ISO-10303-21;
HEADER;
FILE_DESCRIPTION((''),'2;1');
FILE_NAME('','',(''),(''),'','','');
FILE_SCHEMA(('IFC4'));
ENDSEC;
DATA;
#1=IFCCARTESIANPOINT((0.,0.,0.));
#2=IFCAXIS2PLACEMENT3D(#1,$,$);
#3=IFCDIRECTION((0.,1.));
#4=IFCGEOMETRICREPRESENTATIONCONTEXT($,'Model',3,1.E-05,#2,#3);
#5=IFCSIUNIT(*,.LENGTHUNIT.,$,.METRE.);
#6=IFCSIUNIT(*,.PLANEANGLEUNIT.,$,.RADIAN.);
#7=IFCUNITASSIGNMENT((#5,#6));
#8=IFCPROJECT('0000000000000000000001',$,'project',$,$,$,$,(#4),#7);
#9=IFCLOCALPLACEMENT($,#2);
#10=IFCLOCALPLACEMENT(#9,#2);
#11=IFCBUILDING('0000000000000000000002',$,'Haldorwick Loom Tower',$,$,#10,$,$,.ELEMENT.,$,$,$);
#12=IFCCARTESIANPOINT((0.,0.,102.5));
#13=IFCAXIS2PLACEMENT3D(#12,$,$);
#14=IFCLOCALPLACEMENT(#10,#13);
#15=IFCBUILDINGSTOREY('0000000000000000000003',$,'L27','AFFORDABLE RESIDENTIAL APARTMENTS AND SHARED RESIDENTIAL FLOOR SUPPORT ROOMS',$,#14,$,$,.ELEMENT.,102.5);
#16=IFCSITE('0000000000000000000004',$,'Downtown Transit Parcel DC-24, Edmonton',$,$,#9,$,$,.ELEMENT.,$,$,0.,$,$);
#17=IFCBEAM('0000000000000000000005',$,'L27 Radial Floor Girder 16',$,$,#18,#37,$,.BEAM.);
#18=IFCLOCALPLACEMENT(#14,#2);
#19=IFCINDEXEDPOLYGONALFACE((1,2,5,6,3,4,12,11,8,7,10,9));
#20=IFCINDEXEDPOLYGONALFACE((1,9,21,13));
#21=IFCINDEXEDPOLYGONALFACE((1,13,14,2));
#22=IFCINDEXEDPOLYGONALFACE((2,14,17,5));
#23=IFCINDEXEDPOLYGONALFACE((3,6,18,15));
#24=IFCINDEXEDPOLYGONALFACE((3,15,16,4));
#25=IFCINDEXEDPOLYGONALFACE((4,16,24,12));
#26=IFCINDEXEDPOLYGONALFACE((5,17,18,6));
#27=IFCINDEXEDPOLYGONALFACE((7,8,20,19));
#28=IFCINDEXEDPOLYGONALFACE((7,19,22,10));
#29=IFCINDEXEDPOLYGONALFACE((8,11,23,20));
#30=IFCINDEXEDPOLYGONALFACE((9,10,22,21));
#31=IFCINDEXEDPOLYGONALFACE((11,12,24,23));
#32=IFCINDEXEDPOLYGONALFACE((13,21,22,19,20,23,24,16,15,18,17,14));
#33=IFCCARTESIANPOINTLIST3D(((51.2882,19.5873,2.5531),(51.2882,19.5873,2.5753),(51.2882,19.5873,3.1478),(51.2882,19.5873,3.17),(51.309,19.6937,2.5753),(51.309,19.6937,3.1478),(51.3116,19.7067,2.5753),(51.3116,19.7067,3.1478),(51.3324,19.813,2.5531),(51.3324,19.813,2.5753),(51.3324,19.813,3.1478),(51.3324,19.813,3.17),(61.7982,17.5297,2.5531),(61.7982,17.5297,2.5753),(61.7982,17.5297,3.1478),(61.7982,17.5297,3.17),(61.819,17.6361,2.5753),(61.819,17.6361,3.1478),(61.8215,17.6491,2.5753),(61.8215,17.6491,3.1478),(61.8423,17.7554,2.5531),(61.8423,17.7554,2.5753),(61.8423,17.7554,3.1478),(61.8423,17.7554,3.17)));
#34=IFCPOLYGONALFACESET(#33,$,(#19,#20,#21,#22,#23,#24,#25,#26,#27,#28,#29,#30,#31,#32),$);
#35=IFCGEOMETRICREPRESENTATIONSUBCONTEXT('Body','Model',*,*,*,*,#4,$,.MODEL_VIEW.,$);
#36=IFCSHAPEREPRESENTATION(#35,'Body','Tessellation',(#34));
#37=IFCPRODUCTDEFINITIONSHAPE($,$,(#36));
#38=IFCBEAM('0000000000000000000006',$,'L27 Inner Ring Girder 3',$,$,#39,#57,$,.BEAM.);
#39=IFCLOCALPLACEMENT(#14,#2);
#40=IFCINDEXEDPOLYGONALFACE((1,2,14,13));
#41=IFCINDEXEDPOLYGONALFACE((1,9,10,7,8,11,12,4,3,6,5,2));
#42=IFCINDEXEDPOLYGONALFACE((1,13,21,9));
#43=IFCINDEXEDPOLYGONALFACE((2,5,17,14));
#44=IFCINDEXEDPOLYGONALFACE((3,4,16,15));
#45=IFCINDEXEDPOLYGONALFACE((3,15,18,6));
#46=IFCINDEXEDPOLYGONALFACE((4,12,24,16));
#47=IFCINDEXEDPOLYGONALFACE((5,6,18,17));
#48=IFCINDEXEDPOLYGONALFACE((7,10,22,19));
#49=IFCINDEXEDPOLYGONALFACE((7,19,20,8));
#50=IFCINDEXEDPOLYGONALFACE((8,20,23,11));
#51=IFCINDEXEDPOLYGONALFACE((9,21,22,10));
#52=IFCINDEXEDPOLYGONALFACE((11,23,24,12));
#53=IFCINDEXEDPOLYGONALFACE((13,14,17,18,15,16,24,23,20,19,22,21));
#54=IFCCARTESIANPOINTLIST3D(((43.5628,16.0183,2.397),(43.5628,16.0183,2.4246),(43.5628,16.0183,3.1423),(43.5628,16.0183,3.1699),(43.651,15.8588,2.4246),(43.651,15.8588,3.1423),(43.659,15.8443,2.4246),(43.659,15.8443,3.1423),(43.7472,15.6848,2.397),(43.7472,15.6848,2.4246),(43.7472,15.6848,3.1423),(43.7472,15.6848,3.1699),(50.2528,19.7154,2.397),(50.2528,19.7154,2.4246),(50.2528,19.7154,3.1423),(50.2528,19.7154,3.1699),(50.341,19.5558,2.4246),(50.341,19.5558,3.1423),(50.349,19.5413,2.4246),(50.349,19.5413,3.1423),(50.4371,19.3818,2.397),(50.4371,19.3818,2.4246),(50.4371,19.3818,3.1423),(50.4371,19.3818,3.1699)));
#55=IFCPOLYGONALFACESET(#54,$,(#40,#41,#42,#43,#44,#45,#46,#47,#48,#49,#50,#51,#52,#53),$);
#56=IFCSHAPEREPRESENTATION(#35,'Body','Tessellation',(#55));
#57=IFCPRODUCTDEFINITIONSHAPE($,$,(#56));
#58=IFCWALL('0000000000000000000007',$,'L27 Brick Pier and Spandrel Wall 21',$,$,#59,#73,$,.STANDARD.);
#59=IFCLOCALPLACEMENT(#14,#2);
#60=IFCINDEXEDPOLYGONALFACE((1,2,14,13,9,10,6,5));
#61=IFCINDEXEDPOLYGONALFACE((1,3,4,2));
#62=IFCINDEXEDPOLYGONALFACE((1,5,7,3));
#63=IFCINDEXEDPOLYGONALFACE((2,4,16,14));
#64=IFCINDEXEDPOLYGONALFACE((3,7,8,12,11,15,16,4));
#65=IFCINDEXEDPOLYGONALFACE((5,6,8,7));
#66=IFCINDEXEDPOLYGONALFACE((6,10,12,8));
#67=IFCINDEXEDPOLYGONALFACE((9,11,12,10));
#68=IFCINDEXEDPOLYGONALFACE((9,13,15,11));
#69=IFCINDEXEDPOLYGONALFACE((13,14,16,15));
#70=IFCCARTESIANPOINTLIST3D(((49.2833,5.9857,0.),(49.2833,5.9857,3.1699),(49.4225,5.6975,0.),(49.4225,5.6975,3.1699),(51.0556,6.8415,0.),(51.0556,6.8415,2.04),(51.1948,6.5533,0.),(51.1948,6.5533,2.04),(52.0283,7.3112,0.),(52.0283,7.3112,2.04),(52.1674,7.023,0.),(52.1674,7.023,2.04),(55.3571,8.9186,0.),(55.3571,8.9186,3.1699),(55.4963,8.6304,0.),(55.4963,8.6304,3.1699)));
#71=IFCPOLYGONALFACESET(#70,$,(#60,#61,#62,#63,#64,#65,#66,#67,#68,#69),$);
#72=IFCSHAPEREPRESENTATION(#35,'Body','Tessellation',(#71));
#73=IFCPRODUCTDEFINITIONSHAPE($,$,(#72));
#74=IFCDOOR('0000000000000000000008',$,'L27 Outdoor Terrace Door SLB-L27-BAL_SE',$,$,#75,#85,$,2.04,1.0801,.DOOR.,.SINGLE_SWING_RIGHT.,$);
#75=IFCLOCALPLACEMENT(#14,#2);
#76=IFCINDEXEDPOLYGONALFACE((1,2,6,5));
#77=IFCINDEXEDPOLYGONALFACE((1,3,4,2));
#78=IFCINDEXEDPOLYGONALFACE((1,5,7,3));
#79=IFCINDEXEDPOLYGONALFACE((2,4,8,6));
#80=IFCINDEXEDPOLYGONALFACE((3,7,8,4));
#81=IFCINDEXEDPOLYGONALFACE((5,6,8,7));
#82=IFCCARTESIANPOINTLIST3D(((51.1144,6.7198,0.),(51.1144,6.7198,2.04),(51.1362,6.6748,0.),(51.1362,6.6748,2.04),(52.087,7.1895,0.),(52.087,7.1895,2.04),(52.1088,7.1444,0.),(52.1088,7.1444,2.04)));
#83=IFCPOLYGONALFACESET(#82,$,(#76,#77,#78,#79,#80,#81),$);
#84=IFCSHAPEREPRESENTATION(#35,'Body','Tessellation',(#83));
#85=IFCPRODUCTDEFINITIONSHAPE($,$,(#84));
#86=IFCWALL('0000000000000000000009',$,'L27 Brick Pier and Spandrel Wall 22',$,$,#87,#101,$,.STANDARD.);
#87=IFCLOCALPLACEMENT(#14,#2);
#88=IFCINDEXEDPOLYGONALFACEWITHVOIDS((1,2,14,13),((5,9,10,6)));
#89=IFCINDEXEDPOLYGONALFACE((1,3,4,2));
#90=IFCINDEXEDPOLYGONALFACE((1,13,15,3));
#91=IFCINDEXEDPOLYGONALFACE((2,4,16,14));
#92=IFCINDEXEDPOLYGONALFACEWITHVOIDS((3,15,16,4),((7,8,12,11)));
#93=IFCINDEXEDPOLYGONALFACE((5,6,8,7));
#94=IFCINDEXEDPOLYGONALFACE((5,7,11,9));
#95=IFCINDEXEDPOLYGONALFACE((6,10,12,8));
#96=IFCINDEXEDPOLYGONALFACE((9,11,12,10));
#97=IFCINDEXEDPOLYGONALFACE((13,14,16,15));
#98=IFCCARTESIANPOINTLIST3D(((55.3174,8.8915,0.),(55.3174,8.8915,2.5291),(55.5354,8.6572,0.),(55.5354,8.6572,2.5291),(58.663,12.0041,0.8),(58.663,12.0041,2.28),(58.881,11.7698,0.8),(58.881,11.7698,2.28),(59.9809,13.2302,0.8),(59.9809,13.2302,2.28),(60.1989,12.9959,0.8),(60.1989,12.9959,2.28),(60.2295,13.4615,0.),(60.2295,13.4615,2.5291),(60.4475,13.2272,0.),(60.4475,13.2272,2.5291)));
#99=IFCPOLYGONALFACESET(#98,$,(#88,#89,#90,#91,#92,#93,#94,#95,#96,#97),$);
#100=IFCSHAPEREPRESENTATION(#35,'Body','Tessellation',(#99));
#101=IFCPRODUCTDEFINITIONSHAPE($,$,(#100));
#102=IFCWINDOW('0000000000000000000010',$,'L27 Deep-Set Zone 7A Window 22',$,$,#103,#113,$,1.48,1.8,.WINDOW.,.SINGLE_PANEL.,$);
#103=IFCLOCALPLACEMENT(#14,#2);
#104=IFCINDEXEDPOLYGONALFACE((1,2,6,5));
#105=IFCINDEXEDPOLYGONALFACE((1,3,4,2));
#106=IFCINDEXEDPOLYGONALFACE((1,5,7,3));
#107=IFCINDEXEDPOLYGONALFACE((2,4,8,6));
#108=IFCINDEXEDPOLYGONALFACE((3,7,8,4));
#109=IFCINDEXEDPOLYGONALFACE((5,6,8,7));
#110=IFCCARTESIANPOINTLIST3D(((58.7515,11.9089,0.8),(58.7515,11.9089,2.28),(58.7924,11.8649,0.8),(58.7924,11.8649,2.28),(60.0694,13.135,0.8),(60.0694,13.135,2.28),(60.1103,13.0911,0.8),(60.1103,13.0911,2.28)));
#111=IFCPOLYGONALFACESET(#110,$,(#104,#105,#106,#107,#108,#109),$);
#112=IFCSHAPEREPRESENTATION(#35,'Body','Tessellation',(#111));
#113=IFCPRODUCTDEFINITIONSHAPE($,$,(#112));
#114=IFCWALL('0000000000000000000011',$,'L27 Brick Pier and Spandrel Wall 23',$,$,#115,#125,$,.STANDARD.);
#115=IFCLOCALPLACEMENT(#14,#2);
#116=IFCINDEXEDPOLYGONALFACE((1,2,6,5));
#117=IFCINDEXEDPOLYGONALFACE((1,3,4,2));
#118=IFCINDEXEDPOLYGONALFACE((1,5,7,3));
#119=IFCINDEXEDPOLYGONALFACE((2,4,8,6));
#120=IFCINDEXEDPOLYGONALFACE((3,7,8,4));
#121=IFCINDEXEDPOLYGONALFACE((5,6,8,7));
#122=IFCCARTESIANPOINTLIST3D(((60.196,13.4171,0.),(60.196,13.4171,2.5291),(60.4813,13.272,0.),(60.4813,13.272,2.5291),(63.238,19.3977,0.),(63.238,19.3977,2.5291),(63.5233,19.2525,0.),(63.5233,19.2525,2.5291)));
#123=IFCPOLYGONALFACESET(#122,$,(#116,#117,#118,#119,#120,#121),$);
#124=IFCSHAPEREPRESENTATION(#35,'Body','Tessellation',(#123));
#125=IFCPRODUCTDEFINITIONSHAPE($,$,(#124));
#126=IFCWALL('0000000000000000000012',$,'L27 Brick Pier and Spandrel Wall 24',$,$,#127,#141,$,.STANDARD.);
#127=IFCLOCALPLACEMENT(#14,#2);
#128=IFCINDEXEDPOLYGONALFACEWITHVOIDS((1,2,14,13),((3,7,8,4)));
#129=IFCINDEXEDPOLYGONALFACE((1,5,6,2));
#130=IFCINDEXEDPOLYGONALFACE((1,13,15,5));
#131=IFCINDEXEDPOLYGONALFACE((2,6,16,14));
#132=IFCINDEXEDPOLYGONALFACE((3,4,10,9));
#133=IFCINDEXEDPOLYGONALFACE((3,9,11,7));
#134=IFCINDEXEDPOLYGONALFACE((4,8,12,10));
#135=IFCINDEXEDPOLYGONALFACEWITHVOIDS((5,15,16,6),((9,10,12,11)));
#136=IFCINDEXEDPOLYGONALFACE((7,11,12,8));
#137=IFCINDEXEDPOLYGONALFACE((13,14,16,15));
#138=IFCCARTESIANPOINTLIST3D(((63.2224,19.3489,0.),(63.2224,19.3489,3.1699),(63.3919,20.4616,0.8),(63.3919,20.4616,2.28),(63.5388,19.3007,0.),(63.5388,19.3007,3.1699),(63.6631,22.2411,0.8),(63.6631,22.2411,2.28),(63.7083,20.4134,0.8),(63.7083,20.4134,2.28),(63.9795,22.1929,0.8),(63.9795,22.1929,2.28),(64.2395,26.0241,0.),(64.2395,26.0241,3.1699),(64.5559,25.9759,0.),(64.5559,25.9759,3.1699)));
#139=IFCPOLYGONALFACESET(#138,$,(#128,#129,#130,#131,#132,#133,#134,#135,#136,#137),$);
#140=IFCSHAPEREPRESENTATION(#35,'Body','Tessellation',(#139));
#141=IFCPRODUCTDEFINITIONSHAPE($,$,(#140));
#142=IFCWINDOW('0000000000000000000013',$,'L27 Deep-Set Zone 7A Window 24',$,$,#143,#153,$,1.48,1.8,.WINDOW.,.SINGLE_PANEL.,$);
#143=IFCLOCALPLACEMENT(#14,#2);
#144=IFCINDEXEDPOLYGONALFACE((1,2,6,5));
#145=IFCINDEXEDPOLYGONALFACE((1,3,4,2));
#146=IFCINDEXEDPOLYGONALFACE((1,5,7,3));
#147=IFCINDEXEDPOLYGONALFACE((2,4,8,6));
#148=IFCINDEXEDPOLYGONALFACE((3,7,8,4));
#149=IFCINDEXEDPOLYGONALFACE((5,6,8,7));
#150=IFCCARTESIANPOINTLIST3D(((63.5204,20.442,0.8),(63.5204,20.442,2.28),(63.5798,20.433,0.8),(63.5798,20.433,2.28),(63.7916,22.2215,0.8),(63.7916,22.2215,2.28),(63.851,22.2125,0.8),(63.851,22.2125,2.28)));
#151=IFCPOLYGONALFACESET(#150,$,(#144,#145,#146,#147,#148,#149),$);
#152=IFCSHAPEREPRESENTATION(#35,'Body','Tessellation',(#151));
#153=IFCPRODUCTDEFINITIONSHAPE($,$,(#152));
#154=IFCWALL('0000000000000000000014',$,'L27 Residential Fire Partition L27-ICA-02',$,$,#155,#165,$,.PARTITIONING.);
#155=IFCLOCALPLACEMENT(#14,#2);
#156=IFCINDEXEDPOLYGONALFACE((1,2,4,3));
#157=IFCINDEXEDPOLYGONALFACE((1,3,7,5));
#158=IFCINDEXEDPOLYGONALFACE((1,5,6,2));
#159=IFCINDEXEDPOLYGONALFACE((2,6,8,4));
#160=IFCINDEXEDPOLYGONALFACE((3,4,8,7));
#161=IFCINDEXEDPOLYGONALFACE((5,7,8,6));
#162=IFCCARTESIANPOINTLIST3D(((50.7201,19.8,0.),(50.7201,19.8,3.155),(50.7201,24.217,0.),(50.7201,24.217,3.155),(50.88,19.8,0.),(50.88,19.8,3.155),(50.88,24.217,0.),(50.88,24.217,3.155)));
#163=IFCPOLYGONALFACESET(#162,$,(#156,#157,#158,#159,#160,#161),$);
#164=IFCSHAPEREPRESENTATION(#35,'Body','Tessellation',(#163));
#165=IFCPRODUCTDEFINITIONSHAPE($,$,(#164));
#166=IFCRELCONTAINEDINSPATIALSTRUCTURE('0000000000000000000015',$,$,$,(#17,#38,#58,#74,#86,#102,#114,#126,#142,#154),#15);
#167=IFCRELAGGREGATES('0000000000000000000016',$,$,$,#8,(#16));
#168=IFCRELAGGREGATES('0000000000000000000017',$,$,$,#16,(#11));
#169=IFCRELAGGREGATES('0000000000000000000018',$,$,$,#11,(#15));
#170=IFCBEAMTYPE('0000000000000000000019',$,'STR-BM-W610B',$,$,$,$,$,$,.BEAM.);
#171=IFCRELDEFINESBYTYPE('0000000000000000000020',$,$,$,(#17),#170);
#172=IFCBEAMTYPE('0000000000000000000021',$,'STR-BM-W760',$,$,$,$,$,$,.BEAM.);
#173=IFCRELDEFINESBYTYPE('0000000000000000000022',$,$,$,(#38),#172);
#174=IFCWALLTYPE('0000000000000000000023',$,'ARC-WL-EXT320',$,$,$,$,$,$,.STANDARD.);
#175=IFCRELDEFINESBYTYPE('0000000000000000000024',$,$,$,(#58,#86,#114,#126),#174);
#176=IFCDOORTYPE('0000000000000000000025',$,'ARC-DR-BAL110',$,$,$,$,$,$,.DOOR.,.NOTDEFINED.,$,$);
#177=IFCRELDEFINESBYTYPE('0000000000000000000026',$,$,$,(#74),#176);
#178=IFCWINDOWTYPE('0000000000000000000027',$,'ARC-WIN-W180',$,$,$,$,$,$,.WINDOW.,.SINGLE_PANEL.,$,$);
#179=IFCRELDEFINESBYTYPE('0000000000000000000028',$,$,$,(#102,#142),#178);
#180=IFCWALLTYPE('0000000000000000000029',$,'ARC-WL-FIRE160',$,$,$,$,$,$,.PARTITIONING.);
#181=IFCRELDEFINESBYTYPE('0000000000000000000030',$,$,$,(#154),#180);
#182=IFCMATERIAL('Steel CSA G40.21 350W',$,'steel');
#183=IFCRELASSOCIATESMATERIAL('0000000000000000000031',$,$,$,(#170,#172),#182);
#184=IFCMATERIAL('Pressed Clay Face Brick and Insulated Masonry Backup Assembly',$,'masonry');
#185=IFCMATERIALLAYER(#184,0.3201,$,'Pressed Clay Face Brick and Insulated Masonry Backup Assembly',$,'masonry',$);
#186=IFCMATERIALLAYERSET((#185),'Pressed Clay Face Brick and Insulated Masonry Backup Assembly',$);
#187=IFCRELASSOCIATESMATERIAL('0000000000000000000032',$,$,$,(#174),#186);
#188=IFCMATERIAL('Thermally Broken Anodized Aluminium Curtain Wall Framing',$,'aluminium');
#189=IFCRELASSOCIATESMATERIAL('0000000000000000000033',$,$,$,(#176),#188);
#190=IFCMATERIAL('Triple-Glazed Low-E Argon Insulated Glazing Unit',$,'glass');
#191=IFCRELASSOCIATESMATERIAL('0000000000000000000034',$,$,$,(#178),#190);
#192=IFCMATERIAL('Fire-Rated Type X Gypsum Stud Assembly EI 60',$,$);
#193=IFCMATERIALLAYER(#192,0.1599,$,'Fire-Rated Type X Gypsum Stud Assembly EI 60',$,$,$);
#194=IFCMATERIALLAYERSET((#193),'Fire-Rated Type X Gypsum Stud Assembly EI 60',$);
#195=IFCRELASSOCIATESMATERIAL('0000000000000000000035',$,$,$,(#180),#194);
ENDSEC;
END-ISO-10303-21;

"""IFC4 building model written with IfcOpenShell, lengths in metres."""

from ifc_helpers import new_model, si_unit, direction, frame, frame_2d, origin, origin_2d, place, context, subcontext, project, spatial, rectangle, i_section, extrude, material, layer, layer_set, material_profile, profile_set, type_object, element, fill, save


model = new_model("IFC4")

# Units and contexts
model_context = context("Model", 3, precision=1e-05, world=origin(), true_north=direction((0.0, 1.0)))
body_context = subcontext(model_context, "Body", "Model", "MODEL_VIEW")
ifc_project = project(units=[si_unit("LENGTHUNIT", "METRE"), si_unit("PLANEANGLEUNIT", "RADIAN")], contexts=[model_context])

# Site, building, storey
site_placement = place(None, origin())
site = spatial("IfcSite", under=ifc_project, at=site_placement, Name="Downtown Transit Parcel DC-24, Edmonton", CompositionType="ELEMENT", RefElevation=0.0)
building_placement = place(site_placement, origin())
building = spatial("IfcBuilding", under=site, at=building_placement, Name="Haldorwick Loom Tower", CompositionType="ELEMENT")
storey_placement = place(building_placement, frame((0.0, 0.0, 102.5)))
storey = spatial("IfcBuildingStorey", under=building, at=storey_placement, Name="L27", Description="AFFORDABLE RESIDENTIAL APARTMENTS AND SHARED RESIDENTIAL FLOOR SUPPORT ROOMS", CompositionType="ELEMENT", Elevation=102.5)

# Beams
ifc_material_1 = material(Name="Steel CSA G40.21 350W", Category="steel")
ifc_material_profile_1 = material_profile(ifc_material_1, i_section(OverallWidth=0.23, OverallDepth=0.6169, WebThickness=0.0132, FlangeThickness=0.0222, at=origin_2d()), Name="W610X140", Category="steel")
ifc_profile_set_1 = profile_set([ifc_material_profile_1], Name="Steel CSA G40.21 350W")
beam_type_1 = type_object("IfcBeamType", Name="STR-BM-W610B", PredefinedType="BEAM", material=ifc_profile_set_1)
beam_1_placement = place(storey_placement, frame((51.3103, 19.7002, 2.8616), z_axis=(0.98137, -0.192129, 0.0), x_axis=(0.192129, 0.98137, 0.0)))
element("IfcBeam", 1, at=beam_1_placement, inside=storey, type_object=beam_type_1, Name="L27 Radial Floor Girder 16", PredefinedType="BEAM", context=body_context, shape_type="SweptSolid", body=[
    extrude(i_section(OverallWidth=0.23, OverallDepth=0.6169, WebThickness=0.0132, FlangeThickness=0.0222, at=origin_2d()), origin(), (0.0, 0.0, 1.0), 10.7095),
])
ifc_material_profile_2 = material_profile(ifc_material_1, i_section(OverallWidth=0.3811, OverallDepth=0.7729, WebThickness=0.0166, FlangeThickness=0.0276, at=origin_2d()), Name="W760X257", Category="steel")
ifc_profile_set_2 = profile_set([ifc_material_profile_2], Name="Steel CSA G40.21 350W")
beam_type_2 = type_object("IfcBeamType", Name="STR-BM-W760", PredefinedType="BEAM", material=ifc_profile_set_2)
beam_2_placement = place(storey_placement, frame((50.345, 19.5486, 2.7834), z_axis=(-0.875244, -0.483681, 0.0), x_axis=(0.483681, -0.875244, 0.0)))
element("IfcBeam", 2, at=beam_2_placement, inside=storey, type_object=beam_type_2, Name="L27 Inner Ring Girder 3", PredefinedType="BEAM", context=body_context, shape_type="SweptSolid", body=[
    extrude(i_section(OverallWidth=0.3811, OverallDepth=0.7729, WebThickness=0.0166, FlangeThickness=0.0276, at=origin_2d()), origin(), (0.0, 0.0, 1.0), 7.6436),
])

# Wall, opening, door
ifc_material_2 = material(Name="Pressed Clay Face Brick and Insulated Masonry Backup Assembly", Category="masonry")
ifc_layer_1 = layer(ifc_material_2, 0.3201, Name="Pressed Clay Face Brick and Insulated Masonry Backup Assembly", Category="masonry")
ifc_layer_set_1 = layer_set([ifc_layer_1], Name="Pressed Clay Face Brick and Insulated Masonry Backup Assembly")
wall_type_1 = type_object("IfcWallType", Name="ARC-WL-EXT320", PredefinedType="STANDARD", material=ifc_layer_set_1)
wall_1_placement = place(storey_placement, frame((49.3528, 5.8416, 0.0), z_axis=(0.0, 0.0, 1.0), x_axis=(0.90051, 0.434835, 0.0)))
wall_1 = element("IfcWall", 3, at=wall_1_placement, inside=storey, type_object=wall_type_1, Name="L27 Brick Pier and Spandrel Wall 21", PredefinedType="STANDARD", context=body_context, shape_type="SweptSolid", body=[
    extrude(rectangle(XDim=6.7449, YDim=0.3201, at=frame_2d((3.3726, 0.0))), origin(), (0.0, 0.0, 1.0), 3.1699),
])
opening_1_placement = place(wall_1_placement, frame((1.9683, 0.0, 0.0)))
opening_1 = element("IfcOpeningElement", 4, at=opening_1_placement, cuts=wall_1, PredefinedType="OPENING", context=body_context, shape_type="SweptSolid", body=[
    extrude(rectangle(XDim=1.0801, YDim=2.04, at=frame_2d((0.54, 1.02))), frame((0.0, 0.1699, 0.0), z_axis=(0.0, -1.0, 0.0), x_axis=(1.0, 0.0, 0.0)), (0.0, 0.0, 1.0), 0.3401),
])
ifc_material_3 = material(Name="Thermally Broken Anodized Aluminium Curtain Wall Framing", Category="aluminium")
door_type_1 = type_object("IfcDoorType", Name="ARC-DR-BAL110", OperationType="NOTDEFINED", PredefinedType="DOOR", material=ifc_material_3)
door_1_placement = place(opening_1_placement, origin())
door_1 = element("IfcDoor", 5, at=door_1_placement, inside=storey, type_object=door_type_1, Name="L27 Outdoor Terrace Door SLB-L27-BAL_SE", OperationType="SINGLE_SWING_RIGHT", OverallHeight=2.04, OverallWidth=1.0801, PredefinedType="DOOR", context=body_context, shape_type="SweptSolid", body=[
    extrude(rectangle(XDim=1.0801, YDim=2.04, at=frame_2d((0.54, 1.02))), frame((0.0, 0.0249, 0.0), z_axis=(0.0, -1.0, 0.0), x_axis=(1.0, 0.0, 0.0)), (0.0, 0.0, 1.0), 0.05),
])
fill(opening_1, door_1)

# Wall, opening, window
wall_2_placement = place(storey_placement, frame((55.4265, 8.7744, 0.0), z_axis=(0.0, 0.0, 1.0), x_axis=(0.732137, 0.681157, 0.0)))
wall_2 = element("IfcWall", 6, at=wall_2_placement, inside=storey, type_object=wall_type_1, Name="L27 Brick Pier and Spandrel Wall 22", PredefinedType="STANDARD", context=body_context, shape_type="SweptSolid", body=[
    extrude(rectangle(XDim=6.7092, YDim=0.3201, at=frame_2d((3.3545, 0.0))), origin(), (0.0, 0.0, 1.0), 2.5291),
])
opening_2_placement = place(wall_2_placement, frame((4.5696, 0.0, 0.8)))
opening_2 = element("IfcOpeningElement", 7, at=opening_2_placement, cuts=wall_2, PredefinedType="OPENING", context=body_context, shape_type="SweptSolid", body=[
    extrude(rectangle(XDim=1.8, YDim=1.48, at=frame_2d((0.8999, 0.74))), frame((0.0, 0.1699, 0.0), z_axis=(0.0, -1.0, 0.0), x_axis=(1.0, 0.0, 0.0)), (0.0, 0.0, 1.0), 0.3401),
])
ifc_material_4 = material(Name="Triple-Glazed Low-E Argon Insulated Glazing Unit", Category="glass")
window_type = type_object("IfcWindowType", Name="ARC-WIN-W180", PartitioningType="SINGLE_PANEL", PredefinedType="WINDOW", material=ifc_material_4)
window_1_placement = place(opening_2_placement, origin())
window_1 = element("IfcWindow", 8, at=window_1_placement, inside=storey, type_object=window_type, Name="L27 Deep-Set Zone 7A Window 22", OverallHeight=1.48, OverallWidth=1.8, PartitioningType="SINGLE_PANEL", PredefinedType="WINDOW", context=body_context, shape_type="SweptSolid", body=[
    extrude(rectangle(XDim=1.8, YDim=1.48, at=frame_2d((0.8999, 0.74))), frame((0.0, 0.03, 0.0), z_axis=(0.0, -1.0, 0.0), x_axis=(1.0, 0.0, 0.0)), (0.0, 0.0, 1.0), 0.0601),
])
fill(opening_2, window_1)

# Wall
wall_3_placement = place(storey_placement, frame((60.3386, 13.3445, 0.0), z_axis=(0.0, 0.0, 1.0), x_axis=(0.453374, 0.89132, 0.0)))
element("IfcWall", 9, at=wall_3_placement, inside=storey, type_object=wall_type_1, Name="L27 Brick Pier and Spandrel Wall 23", PredefinedType="STANDARD", context=body_context, shape_type="SweptSolid", body=[
    extrude(rectangle(XDim=6.7097, YDim=0.3201, at=frame_2d((3.355, 0.0))), origin(), (0.0, 0.0, 1.0), 2.5291),
])

# Wall, opening, window
wall_4_placement = place(storey_placement, frame((63.3806, 19.325, 0.0), z_axis=(0.0, 0.0, 1.0), x_axis=(0.150633, 0.98859, 0.0)))
wall_4 = element("IfcWall", 10, at=wall_4_placement, inside=storey, type_object=wall_type_1, Name="L27 Brick Pier and Spandrel Wall 24", PredefinedType="STANDARD", context=body_context, shape_type="SweptSolid", body=[
    extrude(rectangle(XDim=6.7522, YDim=0.3201, at=frame_2d((3.376, 0.0))), origin(), (0.0, 0.0, 1.0), 3.1699),
])
opening_3_placement = place(wall_4_placement, frame((1.1255, 0.0, 0.8)))
opening_3 = element("IfcOpeningElement", 11, at=opening_3_placement, cuts=wall_4, PredefinedType="OPENING", context=body_context, shape_type="SweptSolid", body=[
    extrude(rectangle(XDim=1.8, YDim=1.48, at=frame_2d((0.8999, 0.74))), frame((0.0, 0.1699, 0.0), z_axis=(0.0, -1.0, 0.0), x_axis=(1.0, 0.0, 0.0)), (0.0, 0.0, 1.0), 0.3401),
])
window_2_placement = place(opening_3_placement, origin())
window_2 = element("IfcWindow", 12, at=window_2_placement, inside=storey, type_object=window_type, Name="L27 Deep-Set Zone 7A Window 24", OverallHeight=1.48, OverallWidth=1.8, PartitioningType="SINGLE_PANEL", PredefinedType="WINDOW", context=body_context, shape_type="SweptSolid", body=[
    extrude(rectangle(XDim=1.8, YDim=1.48, at=frame_2d((0.8999, 0.74))), frame((0.0, 0.03, 0.0), z_axis=(0.0, -1.0, 0.0), x_axis=(1.0, 0.0, 0.0)), (0.0, 0.0, 1.0), 0.0601),
])
fill(opening_3, window_2)

# Wall
ifc_material_5 = material(Name="Fire-Rated Type X Gypsum Stud Assembly EI 60")
ifc_layer_2 = layer(ifc_material_5, 0.1599, Name="Fire-Rated Type X Gypsum Stud Assembly EI 60")
ifc_layer_set_2 = layer_set([ifc_layer_2], Name="Fire-Rated Type X Gypsum Stud Assembly EI 60")
wall_type_2 = type_object("IfcWallType", Name="ARC-WL-FIRE160", PredefinedType="PARTITIONING", material=ifc_layer_set_2)
wall_5_placement = place(storey_placement, frame((50.8, 24.217, 0.0), z_axis=(0.0, 0.0, 1.0), x_axis=(0.0, -1.0, 0.0)))
element("IfcWall", 13, at=wall_5_placement, inside=storey, type_object=wall_type_2, Name="L27 Residential Fire Partition L27-ICA-02", PredefinedType="PARTITIONING", context=body_context, shape_type="SweptSolid", body=[
    extrude(rectangle(XDim=4.417, YDim=0.1599, at=frame_2d((2.2085, 0.0))), origin(), (0.0, 0.0, 1.0), 3.155),
])

save(model, "model.ifc")
